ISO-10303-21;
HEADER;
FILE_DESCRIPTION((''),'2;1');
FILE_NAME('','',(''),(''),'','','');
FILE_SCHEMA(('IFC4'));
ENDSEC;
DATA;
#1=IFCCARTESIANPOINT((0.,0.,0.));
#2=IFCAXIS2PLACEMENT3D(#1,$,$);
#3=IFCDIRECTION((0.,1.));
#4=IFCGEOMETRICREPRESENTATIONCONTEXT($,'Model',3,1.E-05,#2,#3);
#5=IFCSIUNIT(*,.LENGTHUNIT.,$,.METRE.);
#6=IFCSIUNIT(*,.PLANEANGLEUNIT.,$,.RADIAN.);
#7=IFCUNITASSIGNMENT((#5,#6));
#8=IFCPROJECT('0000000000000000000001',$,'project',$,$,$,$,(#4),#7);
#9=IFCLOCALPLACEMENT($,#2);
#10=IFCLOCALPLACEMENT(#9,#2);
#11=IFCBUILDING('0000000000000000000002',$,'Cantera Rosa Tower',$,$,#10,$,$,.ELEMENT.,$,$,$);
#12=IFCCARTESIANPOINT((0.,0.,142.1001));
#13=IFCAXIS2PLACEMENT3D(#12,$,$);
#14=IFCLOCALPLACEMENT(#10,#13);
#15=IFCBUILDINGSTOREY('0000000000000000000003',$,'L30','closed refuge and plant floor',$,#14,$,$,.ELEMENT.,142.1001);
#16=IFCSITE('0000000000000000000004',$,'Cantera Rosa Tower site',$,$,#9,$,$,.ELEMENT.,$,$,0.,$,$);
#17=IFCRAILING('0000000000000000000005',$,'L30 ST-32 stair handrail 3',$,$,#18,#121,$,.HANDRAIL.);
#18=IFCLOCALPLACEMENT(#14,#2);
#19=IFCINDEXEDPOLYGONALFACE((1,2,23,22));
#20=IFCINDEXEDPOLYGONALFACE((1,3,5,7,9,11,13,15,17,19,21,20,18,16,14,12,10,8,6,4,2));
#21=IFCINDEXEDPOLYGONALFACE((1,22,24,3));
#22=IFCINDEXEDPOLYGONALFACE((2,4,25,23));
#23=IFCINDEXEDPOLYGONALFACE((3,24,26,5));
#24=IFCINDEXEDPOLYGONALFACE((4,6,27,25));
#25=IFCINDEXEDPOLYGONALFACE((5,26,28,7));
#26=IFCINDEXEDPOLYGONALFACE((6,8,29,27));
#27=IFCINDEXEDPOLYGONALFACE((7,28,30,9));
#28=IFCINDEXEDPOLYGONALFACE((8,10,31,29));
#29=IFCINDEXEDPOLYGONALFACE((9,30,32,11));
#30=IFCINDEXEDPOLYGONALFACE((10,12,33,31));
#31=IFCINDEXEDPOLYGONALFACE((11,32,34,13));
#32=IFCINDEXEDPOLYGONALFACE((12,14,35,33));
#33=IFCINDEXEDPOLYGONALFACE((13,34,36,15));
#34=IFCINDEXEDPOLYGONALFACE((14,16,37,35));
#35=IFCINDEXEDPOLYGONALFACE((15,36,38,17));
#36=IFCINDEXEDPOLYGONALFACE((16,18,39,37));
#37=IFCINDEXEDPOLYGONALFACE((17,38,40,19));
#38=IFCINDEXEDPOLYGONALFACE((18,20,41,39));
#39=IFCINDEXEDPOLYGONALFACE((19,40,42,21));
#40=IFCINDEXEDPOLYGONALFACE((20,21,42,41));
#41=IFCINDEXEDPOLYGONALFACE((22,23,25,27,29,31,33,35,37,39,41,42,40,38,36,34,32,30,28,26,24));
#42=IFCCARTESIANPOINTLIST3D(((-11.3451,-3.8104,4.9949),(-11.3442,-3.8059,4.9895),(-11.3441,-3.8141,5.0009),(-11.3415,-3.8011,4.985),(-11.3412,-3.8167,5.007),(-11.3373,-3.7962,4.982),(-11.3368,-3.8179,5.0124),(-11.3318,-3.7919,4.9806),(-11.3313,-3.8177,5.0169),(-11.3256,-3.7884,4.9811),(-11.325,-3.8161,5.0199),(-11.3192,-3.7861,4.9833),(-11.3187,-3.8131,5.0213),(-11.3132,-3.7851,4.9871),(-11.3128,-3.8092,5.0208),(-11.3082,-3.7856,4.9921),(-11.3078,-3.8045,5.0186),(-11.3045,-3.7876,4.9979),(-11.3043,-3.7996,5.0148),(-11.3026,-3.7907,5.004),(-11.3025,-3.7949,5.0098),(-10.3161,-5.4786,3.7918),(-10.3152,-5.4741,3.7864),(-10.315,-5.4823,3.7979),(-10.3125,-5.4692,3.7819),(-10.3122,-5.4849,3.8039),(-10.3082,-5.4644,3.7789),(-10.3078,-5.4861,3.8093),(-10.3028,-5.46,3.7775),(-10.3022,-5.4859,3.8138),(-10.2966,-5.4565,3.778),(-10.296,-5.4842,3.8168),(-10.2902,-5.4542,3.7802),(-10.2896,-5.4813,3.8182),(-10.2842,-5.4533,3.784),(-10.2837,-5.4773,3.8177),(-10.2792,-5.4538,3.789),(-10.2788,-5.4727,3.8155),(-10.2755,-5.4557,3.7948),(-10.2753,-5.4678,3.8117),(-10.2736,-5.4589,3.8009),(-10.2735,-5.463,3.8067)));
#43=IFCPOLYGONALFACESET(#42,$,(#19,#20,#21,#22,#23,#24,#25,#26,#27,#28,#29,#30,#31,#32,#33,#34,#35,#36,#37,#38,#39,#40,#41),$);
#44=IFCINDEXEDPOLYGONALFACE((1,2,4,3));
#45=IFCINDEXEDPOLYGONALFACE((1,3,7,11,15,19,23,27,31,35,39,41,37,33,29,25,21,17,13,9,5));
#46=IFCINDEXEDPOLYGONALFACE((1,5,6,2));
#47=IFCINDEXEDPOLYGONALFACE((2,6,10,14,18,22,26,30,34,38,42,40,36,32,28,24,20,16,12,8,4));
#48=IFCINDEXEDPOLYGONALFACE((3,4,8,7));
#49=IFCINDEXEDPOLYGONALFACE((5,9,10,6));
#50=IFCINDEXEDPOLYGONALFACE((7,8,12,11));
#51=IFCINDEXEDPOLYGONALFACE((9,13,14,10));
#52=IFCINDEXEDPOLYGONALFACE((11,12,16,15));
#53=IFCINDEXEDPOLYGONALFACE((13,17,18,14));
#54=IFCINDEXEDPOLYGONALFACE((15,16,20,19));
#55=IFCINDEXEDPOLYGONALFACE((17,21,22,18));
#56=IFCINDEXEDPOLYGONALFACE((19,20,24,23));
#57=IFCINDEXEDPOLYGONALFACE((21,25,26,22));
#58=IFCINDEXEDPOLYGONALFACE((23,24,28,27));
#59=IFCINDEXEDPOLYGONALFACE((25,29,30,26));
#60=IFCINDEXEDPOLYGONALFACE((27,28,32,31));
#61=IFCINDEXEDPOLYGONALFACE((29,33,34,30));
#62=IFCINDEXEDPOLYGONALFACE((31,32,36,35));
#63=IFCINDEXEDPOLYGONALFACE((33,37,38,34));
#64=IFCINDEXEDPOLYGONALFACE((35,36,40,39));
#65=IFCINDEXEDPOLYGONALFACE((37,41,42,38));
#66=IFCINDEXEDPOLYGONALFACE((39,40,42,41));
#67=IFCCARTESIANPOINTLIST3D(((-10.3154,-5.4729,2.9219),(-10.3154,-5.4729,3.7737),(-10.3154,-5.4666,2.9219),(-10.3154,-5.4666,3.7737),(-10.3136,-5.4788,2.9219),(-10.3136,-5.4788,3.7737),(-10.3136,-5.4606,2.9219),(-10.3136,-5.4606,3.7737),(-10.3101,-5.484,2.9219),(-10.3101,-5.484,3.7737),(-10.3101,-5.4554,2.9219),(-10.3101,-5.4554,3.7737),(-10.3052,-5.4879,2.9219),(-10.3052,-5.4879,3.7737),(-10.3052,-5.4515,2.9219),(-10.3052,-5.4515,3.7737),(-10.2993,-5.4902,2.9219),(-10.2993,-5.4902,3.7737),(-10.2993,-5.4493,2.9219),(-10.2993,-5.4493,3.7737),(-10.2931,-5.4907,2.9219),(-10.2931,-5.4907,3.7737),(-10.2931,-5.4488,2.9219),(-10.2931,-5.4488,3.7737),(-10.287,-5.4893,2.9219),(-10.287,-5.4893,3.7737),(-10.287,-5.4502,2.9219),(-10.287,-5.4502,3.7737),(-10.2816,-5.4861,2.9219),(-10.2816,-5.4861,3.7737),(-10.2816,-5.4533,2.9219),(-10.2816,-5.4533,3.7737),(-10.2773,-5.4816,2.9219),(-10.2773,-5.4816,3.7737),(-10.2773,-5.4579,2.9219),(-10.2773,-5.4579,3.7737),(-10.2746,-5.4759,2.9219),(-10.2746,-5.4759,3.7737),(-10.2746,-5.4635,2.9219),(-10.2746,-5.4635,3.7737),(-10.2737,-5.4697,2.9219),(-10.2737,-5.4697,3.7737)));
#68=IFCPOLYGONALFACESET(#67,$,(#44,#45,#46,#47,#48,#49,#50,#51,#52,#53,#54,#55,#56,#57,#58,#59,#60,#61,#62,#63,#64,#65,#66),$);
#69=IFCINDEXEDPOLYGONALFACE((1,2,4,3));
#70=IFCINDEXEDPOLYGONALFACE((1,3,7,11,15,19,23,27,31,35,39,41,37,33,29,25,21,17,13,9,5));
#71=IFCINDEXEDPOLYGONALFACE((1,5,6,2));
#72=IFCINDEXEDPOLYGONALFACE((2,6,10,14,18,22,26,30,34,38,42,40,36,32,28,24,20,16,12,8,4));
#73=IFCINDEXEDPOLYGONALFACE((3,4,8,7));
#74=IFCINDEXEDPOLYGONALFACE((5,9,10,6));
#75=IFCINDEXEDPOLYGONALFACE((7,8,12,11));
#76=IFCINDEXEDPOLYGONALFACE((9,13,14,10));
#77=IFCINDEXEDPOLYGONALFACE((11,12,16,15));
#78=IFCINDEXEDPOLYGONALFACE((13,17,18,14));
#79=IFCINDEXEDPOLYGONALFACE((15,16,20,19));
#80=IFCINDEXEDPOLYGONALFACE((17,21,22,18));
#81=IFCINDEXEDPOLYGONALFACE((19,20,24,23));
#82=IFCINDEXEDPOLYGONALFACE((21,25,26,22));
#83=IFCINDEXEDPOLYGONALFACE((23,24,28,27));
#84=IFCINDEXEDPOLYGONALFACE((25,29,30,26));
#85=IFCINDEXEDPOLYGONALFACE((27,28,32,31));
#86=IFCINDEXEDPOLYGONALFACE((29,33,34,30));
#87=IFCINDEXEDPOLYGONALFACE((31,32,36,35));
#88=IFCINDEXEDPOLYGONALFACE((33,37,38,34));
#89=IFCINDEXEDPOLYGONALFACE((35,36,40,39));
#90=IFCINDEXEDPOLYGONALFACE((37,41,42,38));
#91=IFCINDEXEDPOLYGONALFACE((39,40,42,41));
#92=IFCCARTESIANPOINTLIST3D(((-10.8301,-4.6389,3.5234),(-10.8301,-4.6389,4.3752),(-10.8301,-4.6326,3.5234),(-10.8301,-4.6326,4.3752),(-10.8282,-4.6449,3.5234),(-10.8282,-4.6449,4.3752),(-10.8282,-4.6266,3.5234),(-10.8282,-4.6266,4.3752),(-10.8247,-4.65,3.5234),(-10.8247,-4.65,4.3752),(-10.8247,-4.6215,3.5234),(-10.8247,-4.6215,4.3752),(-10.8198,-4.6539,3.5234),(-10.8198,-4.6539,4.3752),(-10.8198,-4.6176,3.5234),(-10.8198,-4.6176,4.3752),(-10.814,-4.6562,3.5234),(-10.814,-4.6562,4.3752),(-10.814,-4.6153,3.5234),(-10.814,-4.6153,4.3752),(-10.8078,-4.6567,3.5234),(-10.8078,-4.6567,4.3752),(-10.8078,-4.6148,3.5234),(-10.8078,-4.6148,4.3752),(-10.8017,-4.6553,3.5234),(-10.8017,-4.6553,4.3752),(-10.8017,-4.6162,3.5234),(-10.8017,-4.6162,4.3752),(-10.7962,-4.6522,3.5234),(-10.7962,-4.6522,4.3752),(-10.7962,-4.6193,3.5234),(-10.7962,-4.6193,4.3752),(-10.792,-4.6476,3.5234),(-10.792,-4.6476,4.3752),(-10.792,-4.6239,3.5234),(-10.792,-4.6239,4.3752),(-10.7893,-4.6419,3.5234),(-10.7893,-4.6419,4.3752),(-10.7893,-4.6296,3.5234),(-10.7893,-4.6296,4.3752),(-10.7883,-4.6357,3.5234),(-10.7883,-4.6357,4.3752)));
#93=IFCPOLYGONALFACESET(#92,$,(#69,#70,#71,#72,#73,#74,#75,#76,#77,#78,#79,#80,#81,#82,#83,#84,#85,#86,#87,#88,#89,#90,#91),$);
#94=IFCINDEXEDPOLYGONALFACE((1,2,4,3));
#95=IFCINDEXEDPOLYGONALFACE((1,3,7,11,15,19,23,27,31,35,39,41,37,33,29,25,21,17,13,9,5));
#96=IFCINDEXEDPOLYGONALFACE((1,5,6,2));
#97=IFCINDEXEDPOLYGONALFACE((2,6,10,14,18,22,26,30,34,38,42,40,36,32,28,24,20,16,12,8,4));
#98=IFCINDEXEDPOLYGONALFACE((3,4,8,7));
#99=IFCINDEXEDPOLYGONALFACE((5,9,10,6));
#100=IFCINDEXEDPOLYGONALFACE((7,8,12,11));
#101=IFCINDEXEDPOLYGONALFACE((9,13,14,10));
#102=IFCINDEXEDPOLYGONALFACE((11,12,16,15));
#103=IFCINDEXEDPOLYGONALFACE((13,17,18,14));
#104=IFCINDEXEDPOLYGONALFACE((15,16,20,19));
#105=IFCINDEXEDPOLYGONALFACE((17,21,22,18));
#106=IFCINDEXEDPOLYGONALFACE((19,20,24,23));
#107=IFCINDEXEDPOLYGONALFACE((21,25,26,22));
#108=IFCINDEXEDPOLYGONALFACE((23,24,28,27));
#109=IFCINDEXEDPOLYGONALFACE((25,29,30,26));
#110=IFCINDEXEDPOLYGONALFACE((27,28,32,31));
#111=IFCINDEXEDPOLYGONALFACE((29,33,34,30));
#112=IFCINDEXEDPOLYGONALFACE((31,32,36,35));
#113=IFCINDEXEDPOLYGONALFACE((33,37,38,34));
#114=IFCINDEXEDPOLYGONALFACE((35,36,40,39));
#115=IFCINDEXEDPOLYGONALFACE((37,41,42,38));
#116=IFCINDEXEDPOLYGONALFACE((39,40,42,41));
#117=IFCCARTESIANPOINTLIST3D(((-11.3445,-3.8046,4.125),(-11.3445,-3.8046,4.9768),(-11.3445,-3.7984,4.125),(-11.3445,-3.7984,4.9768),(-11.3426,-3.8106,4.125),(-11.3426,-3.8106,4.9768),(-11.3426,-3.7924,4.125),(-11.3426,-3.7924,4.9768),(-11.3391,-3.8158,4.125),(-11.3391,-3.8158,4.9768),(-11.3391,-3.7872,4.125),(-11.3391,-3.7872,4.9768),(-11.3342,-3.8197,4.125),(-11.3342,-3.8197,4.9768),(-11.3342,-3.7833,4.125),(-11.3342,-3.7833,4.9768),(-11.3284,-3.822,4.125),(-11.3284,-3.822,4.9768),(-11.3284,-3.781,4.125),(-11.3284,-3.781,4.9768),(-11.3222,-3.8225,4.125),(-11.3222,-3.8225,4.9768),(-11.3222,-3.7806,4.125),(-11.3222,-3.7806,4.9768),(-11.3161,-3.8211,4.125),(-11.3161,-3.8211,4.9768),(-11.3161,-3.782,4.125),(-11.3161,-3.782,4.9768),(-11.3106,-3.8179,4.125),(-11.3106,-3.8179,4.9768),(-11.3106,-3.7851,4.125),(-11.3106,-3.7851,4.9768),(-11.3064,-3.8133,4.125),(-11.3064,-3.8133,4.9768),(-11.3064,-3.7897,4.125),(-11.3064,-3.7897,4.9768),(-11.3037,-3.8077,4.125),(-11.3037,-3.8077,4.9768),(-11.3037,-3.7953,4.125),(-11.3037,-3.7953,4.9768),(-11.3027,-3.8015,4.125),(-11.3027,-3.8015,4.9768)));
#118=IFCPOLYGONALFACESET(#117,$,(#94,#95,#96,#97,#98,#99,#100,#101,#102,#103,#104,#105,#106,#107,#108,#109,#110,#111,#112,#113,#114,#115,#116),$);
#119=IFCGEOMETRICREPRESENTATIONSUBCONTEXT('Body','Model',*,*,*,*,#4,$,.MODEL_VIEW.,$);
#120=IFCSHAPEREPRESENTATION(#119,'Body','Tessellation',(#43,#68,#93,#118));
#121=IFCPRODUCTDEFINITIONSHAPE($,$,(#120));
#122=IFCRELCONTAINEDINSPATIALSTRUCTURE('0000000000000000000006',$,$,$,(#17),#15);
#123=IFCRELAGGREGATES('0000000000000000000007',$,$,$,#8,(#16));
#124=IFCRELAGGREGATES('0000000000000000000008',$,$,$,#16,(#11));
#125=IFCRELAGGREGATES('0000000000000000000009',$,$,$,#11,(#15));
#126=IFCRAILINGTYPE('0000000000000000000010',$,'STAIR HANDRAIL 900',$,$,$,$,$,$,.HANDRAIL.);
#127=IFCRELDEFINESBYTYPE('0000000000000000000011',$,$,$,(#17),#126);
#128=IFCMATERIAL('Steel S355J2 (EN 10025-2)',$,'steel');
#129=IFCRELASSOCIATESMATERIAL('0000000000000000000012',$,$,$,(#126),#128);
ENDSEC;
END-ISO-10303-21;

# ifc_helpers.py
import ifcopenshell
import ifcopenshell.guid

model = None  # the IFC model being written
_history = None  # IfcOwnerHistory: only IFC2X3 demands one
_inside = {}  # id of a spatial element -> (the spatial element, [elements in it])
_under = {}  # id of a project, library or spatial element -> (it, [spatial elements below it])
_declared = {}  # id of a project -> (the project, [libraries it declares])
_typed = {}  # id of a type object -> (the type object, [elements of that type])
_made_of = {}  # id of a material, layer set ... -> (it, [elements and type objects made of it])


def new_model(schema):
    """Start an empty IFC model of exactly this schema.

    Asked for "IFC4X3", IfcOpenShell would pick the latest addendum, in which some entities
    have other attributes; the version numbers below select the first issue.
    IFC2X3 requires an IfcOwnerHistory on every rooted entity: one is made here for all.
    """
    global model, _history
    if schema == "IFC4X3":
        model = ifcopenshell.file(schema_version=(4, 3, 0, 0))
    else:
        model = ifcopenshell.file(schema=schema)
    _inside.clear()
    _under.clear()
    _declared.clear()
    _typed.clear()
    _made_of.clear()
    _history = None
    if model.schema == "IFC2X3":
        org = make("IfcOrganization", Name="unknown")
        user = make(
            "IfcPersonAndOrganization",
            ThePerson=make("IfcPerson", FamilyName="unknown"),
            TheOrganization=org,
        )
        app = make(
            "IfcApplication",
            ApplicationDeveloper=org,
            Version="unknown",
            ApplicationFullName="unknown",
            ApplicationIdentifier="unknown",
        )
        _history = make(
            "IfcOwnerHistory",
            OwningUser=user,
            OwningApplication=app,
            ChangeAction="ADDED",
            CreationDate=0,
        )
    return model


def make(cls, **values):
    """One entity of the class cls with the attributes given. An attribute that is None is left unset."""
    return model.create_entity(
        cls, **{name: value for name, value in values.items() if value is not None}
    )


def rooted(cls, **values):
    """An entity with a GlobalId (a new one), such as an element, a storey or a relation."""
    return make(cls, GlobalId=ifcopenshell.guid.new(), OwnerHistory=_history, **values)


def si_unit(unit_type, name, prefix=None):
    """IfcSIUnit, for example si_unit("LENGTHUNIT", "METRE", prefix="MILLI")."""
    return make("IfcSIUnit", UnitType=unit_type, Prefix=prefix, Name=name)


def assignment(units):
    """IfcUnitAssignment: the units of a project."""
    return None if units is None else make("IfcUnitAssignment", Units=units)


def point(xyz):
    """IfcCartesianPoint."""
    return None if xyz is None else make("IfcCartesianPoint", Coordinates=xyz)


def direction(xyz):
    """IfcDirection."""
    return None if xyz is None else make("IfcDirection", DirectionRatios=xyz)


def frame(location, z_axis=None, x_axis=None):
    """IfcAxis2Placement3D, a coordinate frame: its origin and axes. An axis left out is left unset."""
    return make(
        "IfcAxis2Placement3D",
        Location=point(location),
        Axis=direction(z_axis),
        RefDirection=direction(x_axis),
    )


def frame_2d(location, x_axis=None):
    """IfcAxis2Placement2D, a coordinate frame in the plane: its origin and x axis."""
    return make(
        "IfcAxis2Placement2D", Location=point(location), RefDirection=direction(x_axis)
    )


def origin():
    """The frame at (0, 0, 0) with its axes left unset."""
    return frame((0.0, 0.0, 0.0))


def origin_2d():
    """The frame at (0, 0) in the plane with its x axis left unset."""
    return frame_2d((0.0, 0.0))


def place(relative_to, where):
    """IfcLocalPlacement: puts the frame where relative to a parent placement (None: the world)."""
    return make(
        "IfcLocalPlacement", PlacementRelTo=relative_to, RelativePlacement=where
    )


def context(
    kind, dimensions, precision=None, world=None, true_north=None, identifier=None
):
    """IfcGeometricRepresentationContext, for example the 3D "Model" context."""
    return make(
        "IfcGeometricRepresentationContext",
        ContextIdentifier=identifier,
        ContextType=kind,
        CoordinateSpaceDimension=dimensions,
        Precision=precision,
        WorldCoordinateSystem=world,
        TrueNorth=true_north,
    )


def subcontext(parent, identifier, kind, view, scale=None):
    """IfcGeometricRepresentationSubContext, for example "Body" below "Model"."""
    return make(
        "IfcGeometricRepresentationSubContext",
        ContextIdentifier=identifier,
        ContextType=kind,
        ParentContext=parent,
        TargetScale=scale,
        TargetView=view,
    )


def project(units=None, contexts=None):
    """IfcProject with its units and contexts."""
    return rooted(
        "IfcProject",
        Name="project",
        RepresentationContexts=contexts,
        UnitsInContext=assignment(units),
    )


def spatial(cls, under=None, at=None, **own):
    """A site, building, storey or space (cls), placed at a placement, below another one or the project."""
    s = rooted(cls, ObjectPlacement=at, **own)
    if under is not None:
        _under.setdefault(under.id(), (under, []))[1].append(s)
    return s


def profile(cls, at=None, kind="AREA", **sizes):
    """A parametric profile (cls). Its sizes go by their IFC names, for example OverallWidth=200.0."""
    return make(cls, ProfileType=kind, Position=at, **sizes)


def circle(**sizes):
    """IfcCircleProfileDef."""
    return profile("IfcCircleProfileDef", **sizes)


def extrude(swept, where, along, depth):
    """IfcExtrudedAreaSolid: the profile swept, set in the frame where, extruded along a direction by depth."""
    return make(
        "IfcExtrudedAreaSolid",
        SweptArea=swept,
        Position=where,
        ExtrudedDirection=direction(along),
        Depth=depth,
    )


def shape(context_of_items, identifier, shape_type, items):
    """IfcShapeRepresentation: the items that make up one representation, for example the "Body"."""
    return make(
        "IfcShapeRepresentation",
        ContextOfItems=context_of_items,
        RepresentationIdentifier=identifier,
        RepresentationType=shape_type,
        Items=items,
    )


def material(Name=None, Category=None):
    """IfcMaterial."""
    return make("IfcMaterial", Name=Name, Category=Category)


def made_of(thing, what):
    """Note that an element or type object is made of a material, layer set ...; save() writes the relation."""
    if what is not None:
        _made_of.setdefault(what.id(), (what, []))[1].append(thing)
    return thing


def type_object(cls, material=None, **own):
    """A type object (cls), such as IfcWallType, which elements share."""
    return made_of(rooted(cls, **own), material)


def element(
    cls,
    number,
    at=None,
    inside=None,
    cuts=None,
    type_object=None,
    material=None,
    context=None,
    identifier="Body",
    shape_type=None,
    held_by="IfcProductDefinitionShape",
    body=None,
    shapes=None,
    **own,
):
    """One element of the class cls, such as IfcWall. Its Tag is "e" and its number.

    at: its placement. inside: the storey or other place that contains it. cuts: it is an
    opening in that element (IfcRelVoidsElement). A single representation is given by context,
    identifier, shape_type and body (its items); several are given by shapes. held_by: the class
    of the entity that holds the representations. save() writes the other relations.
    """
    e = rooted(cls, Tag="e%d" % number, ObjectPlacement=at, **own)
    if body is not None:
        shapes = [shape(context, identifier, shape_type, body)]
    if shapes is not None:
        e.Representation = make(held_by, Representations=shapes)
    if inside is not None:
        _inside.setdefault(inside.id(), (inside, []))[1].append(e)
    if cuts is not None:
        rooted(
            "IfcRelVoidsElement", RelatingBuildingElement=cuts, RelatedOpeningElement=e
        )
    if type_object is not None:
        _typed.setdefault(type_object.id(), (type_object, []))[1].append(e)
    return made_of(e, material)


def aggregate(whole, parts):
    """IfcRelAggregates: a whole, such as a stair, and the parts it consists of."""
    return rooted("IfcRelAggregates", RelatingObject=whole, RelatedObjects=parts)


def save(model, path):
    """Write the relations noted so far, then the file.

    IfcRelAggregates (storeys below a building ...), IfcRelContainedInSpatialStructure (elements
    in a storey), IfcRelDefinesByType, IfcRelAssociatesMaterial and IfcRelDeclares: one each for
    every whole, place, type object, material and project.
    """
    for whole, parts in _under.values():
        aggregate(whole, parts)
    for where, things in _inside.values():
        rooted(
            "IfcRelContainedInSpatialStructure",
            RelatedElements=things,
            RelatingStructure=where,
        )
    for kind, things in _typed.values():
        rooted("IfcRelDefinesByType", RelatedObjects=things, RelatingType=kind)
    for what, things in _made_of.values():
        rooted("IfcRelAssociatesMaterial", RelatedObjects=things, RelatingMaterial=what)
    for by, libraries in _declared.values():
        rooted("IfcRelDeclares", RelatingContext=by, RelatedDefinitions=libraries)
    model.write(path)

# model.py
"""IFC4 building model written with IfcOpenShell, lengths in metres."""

from ifc_helpers import new_model, si_unit, direction, frame, origin, origin_2d, place, context, subcontext, project, spatial, circle, extrude, material, type_object, element, save


model = new_model("IFC4")

# Units and contexts
model_context = context("Model", 3, precision=1e-05, world=origin(), true_north=direction((0.0, 1.0)))
body_context = subcontext(model_context, "Body", "Model", "MODEL_VIEW")
ifc_project = project(units=[si_unit("LENGTHUNIT", "METRE"), si_unit("PLANEANGLEUNIT", "RADIAN")], contexts=[model_context])

# Site, building, storey
site_placement = place(None, origin())
site = spatial("IfcSite", under=ifc_project, at=site_placement, Name="Cantera Rosa Tower site", CompositionType="ELEMENT", RefElevation=0.0)
building_placement = place(site_placement, origin())
building = spatial("IfcBuilding", under=site, at=building_placement, Name="Cantera Rosa Tower", CompositionType="ELEMENT")
storey_placement = place(building_placement, frame((0.0, 0.0, 142.1001)))
storey = spatial("IfcBuildingStorey", under=building, at=storey_placement, Name="L30", Description="closed refuge and plant floor", CompositionType="ELEMENT", Elevation=142.1001)

# Railing
ifc_material_1 = material(Name="Steel S355J2 (EN 10025-2)", Category="steel")
railing_type_1 = type_object("IfcRailingType", Name="STAIR HANDRAIL 900", PredefinedType="HANDRAIL", material=ifc_material_1)
for number, where, name in (
    (1, (-10.2947, -5.4697, 2.9219), "L30 ST-32 stair handrail 3"),
):
    element("IfcRailing", number, at=place(storey_placement, frame(where)), inside=storey, type_object=railing_type_1, Name=name, PredefinedType="HANDRAIL", context=body_context, shape_type="SweptSolid", body=[
        extrude(circle(Radius=0.0239, at=origin_2d()), frame((0.0, 0.0, 0.876), z_axis=(-0.44744, 0.725352, 0.523128), x_axis=(-0.851098, -0.525008, 0.0)), (0.0, 0.0, 1.0), 2.2998),
        extrude(circle(Radius=0.021, at=origin_2d()), origin(), (0.0, 0.0, 1.0), 0.8518),
        extrude(circle(Radius=0.021, at=origin_2d()), frame((-0.5146, 0.834, 0.6016)), (0.0, 0.0, 1.0), 0.8518),
        extrude(circle(Radius=0.021, at=origin_2d()), frame((-1.0291, 1.6682, 1.2031)), (0.0, 0.0, 1.0), 0.8518),
    ])

save(model, "model.ifc")
